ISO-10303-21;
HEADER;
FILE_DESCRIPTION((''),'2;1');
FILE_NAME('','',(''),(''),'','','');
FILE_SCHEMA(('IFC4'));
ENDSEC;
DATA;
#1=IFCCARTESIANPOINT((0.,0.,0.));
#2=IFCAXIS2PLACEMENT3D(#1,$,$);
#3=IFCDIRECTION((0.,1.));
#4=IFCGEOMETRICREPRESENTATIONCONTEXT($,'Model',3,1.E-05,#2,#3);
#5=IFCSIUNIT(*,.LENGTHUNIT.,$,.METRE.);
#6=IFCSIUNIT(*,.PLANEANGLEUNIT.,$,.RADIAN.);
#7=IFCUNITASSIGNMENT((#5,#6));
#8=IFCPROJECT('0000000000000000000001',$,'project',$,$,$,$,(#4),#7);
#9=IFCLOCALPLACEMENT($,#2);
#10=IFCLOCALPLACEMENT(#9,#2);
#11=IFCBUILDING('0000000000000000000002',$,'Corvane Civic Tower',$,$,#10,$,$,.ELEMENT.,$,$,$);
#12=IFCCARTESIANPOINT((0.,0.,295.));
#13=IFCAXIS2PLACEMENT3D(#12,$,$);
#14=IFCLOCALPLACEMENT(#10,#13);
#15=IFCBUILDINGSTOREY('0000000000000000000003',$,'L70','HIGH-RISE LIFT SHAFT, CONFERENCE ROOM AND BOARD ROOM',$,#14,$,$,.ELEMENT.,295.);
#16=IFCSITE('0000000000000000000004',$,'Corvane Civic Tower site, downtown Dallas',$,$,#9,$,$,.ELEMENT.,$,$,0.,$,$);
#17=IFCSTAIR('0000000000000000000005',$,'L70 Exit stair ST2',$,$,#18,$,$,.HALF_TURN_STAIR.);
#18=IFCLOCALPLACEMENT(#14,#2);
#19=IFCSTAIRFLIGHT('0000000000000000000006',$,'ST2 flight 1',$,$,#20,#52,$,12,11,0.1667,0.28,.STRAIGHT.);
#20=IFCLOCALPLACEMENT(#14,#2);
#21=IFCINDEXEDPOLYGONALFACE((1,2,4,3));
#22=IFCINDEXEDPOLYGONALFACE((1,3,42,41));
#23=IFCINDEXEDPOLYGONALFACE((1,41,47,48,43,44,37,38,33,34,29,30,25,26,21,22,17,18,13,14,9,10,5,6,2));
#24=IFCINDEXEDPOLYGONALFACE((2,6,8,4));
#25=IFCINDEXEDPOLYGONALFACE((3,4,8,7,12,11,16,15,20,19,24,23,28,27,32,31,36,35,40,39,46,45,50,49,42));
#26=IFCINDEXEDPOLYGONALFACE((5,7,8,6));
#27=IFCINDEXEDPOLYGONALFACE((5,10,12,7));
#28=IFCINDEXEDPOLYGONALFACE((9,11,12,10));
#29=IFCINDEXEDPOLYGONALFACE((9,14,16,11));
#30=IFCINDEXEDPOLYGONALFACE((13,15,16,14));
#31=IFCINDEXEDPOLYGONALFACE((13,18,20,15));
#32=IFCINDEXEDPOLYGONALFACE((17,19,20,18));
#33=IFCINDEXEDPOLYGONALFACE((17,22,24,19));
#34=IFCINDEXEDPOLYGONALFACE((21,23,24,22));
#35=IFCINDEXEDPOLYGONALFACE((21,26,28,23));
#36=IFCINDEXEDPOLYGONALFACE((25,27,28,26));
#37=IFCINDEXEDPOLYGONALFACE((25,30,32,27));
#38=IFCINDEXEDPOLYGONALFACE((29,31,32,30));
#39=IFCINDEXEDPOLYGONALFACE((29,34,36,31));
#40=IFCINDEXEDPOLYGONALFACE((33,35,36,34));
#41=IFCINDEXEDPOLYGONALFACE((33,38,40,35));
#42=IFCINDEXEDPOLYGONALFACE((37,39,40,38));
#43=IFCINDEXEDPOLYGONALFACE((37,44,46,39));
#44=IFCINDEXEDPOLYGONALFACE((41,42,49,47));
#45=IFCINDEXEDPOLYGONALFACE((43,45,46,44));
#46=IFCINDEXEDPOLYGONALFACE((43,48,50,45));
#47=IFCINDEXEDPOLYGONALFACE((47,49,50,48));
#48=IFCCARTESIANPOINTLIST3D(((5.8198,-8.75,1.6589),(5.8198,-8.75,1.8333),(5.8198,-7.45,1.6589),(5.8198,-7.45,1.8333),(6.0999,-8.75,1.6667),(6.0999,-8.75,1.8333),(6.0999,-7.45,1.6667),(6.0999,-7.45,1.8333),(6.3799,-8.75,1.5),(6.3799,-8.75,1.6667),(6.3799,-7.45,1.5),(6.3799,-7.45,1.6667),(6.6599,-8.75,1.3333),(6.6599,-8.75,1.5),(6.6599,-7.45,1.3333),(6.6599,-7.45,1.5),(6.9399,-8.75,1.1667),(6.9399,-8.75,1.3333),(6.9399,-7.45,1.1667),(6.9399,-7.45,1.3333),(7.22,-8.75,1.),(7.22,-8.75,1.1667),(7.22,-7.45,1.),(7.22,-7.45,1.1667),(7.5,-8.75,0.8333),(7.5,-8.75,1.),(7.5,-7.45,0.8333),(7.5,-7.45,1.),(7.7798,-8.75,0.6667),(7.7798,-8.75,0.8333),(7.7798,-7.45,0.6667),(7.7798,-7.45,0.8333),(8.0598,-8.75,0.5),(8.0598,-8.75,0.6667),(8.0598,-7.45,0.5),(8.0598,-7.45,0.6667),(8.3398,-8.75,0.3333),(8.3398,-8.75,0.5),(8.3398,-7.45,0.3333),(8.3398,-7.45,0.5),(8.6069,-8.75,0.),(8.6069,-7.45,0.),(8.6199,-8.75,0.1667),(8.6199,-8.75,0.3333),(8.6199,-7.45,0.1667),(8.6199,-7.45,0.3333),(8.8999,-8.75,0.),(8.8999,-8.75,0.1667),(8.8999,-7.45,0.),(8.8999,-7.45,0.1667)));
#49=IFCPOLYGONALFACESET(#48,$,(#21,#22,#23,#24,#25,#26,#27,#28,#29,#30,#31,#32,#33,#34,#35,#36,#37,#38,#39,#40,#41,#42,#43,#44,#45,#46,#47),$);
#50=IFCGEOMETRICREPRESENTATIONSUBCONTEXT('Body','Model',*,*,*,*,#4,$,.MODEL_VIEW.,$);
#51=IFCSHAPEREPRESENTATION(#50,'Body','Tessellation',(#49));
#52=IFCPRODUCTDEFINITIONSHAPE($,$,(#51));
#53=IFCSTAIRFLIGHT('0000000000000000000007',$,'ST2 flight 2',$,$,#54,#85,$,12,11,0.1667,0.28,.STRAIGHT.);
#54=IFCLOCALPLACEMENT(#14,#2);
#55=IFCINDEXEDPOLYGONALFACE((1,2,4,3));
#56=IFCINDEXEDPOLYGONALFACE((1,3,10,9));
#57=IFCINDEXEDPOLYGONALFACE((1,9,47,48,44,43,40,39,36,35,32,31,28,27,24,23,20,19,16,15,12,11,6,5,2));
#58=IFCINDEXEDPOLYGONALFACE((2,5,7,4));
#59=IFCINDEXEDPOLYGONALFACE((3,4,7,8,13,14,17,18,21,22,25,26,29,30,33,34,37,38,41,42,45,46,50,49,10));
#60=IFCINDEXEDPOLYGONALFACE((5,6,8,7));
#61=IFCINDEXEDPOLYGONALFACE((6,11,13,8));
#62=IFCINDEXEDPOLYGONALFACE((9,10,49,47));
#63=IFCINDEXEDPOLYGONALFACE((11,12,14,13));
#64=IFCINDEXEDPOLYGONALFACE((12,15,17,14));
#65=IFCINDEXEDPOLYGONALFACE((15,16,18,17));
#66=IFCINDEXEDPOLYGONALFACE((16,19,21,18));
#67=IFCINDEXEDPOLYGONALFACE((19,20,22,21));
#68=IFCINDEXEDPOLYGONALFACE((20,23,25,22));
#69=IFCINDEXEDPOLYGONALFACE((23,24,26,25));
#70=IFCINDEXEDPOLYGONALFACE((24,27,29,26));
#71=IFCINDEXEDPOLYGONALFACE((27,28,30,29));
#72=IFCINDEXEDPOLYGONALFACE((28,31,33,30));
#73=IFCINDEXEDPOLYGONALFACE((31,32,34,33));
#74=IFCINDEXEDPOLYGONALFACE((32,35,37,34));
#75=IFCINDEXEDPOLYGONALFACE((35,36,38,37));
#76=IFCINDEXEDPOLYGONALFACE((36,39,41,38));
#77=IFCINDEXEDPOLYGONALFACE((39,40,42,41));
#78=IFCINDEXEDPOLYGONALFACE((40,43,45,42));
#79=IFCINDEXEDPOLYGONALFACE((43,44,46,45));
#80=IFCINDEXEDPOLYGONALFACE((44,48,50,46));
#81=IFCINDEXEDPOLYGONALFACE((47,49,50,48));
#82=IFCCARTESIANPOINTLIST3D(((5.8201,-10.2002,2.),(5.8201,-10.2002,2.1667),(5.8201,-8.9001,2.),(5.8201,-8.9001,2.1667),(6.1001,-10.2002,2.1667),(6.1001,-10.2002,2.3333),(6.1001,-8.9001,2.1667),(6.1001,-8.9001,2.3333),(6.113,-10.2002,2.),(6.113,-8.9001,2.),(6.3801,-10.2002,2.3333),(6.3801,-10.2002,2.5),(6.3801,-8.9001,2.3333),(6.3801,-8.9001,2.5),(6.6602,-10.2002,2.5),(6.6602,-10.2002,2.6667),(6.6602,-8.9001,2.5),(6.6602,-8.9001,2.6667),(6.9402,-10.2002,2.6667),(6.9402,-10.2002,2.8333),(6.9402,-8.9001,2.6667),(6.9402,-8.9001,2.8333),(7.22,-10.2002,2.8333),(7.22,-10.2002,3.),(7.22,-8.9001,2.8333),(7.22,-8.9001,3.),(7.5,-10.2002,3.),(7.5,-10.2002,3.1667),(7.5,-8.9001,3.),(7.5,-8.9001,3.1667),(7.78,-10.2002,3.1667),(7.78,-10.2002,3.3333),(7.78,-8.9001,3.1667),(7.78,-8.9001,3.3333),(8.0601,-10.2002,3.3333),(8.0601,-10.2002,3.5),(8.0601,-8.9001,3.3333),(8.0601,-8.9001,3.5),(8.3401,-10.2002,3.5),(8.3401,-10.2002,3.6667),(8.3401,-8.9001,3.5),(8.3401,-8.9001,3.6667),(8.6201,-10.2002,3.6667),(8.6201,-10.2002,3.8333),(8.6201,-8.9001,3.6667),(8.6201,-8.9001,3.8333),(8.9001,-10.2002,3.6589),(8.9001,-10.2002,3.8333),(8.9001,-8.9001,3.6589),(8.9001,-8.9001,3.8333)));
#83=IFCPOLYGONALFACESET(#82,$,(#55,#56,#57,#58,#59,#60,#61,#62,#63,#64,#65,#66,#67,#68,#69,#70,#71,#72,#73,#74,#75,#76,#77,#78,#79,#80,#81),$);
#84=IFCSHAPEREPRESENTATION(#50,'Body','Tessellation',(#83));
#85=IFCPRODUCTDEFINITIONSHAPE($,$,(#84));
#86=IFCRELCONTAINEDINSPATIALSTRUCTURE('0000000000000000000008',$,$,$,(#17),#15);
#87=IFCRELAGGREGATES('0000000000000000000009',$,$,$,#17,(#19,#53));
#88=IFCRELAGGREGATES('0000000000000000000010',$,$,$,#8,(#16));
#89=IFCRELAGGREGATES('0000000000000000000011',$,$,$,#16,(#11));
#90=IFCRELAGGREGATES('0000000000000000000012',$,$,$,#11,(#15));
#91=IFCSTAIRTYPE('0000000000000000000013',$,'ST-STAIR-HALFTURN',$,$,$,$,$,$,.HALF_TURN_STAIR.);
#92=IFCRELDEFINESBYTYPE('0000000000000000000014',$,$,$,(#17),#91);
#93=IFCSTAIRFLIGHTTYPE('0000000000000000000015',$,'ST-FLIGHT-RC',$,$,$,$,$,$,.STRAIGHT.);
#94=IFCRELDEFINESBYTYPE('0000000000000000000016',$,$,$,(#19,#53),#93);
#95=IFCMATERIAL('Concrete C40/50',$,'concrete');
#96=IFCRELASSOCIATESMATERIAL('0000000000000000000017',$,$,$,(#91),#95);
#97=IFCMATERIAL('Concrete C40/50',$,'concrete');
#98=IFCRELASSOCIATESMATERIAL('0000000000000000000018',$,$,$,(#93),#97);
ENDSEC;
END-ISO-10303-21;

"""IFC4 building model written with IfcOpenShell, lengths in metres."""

from ifc_helpers import new_model, si_unit, direction, frame, origin, place, context, subcontext, project, spatial, polyline, outline, extrude, material, type_object, element, aggregate, save


model = new_model("IFC4")

# Units and contexts
model_context = context("Model", 3, precision=1e-05, world=origin(), true_north=direction((0.0, 1.0)))
body_context = subcontext(model_context, "Body", "Model", "MODEL_VIEW")
ifc_project = project(units=[si_unit("LENGTHUNIT", "METRE"), si_unit("PLANEANGLEUNIT", "RADIAN")], contexts=[model_context])

# Site, building, storey
site_placement = place(None, origin())
site = spatial("IfcSite", under=ifc_project, at=site_placement, Name="Corvane Civic Tower site, downtown Dallas", CompositionType="ELEMENT", RefElevation=0.0)
building_placement = place(site_placement, origin())
building = spatial("IfcBuilding", under=site, at=building_placement, Name="Corvane Civic Tower", CompositionType="ELEMENT")
storey_placement = place(building_placement, frame((0.0, 0.0, 295.0)))
storey = spatial("IfcBuildingStorey", under=building, at=storey_placement, Name="L70", Description="HIGH-RISE LIFT SHAFT, CONFERENCE ROOM AND BOARD ROOM", CompositionType="ELEMENT", Elevation=295.0)

# Stair, stair flights
ifc_material_1 = material(Name="Concrete C40/50", Category="concrete")
stair_type = type_object("IfcStairType", Name="ST-STAIR-HALFTURN", PredefinedType="HALF_TURN_STAIR", material=ifc_material_1)
stair_placement = place(storey_placement, origin())
stair = element("IfcStair", 1, at=stair_placement, inside=storey, type_object=stair_type, Name="L70 Exit stair ST2", PredefinedType="HALF_TURN_STAIR")
ifc_material_2 = material(Name="Concrete C40/50", Category="concrete")
stair_flight_type = type_object("IfcStairFlightType", Name="ST-FLIGHT-RC", PredefinedType="STRAIGHT", material=ifc_material_2)
stair_flight_1_placement = place(storey_placement, frame((8.8999, -8.1001, 0.0), z_axis=(0.0, 0.0, 1.0), x_axis=(-1.0, 0.0, 0.0)))
stair_flight_1 = element("IfcStairFlight", 2, at=stair_flight_1_placement, type_object=stair_flight_type, Name="ST2 flight 1", NumberOfRisers=12, NumberOfTreads=11, PredefinedType="STRAIGHT", RiserHeight=0.1667, TreadLength=0.28, context=body_context, shape_type="SweptSolid", body=[
    extrude(outline(polyline([(0.0, 0.0), (0.0, 0.1667), (0.28, 0.1667), (0.28, 0.3333), (0.5601, 0.3333), (0.5601, 0.5), (0.8401, 0.5), (0.8401, 0.6667), (1.1201, 0.6667), (1.1201, 0.8333), (1.3999, 0.8333), (1.3999, 1.0), (1.6799, 1.0), (1.6799, 1.1667), (1.96, 1.1667), (1.96, 1.3333), (2.24, 1.3333), (2.24, 1.5), (2.52, 1.5), (2.52, 1.6667), (2.8, 1.6667), (2.8, 1.8333), (3.0801, 1.8333), (3.0801, 2.0), (3.0801, 1.6589), (0.293, 0.0), (0.0, 0.0)])), frame((0.0, 0.6499, 0.0), z_axis=(0.0, -1.0, 0.0), x_axis=(1.0, 0.0, 0.0)), (0.0, 0.0, 1.0), 1.3),
])
stair_flight_2_placement = place(storey_placement, frame((5.8201, -9.55, 2.0), z_axis=(0.0, 0.0, 1.0), x_axis=(1.0, 0.0, 0.0)))
stair_flight_2 = element("IfcStairFlight", 3, at=stair_flight_2_placement, type_object=stair_flight_type, Name="ST2 flight 2", NumberOfRisers=12, NumberOfTreads=11, PredefinedType="STRAIGHT", RiserHeight=0.1667, TreadLength=0.28, context=body_context, shape_type="SweptSolid", body=[
    extrude(outline(polyline([(0.0, 0.0), (0.0, 0.1667), (0.28, 0.1667), (0.28, 0.3333), (0.5601, 0.3333), (0.5601, 0.5), (0.8401, 0.5), (0.8401, 0.6667), (1.1201, 0.6667), (1.1201, 0.8333), (1.3999, 0.8333), (1.3999, 1.0), (1.6799, 1.0), (1.6799, 1.1667), (1.96, 1.1667), (1.96, 1.3333), (2.24, 1.3333), (2.24, 1.5), (2.52, 1.5), (2.52, 1.6667), (2.8, 1.6667), (2.8, 1.8333), (3.0801, 1.8333), (3.0801, 2.0), (3.0801, 1.6589), (0.293, 0.0), (0.0, 0.0)])), frame((0.0, 0.6499, 0.0), z_axis=(0.0, -1.0, 0.0), x_axis=(1.0, 0.0, 0.0)), (0.0, 0.0, 1.0), 1.3),
])
aggregate(stair, [stair_flight_1, stair_flight_2])

save(model, "model.ifc")
